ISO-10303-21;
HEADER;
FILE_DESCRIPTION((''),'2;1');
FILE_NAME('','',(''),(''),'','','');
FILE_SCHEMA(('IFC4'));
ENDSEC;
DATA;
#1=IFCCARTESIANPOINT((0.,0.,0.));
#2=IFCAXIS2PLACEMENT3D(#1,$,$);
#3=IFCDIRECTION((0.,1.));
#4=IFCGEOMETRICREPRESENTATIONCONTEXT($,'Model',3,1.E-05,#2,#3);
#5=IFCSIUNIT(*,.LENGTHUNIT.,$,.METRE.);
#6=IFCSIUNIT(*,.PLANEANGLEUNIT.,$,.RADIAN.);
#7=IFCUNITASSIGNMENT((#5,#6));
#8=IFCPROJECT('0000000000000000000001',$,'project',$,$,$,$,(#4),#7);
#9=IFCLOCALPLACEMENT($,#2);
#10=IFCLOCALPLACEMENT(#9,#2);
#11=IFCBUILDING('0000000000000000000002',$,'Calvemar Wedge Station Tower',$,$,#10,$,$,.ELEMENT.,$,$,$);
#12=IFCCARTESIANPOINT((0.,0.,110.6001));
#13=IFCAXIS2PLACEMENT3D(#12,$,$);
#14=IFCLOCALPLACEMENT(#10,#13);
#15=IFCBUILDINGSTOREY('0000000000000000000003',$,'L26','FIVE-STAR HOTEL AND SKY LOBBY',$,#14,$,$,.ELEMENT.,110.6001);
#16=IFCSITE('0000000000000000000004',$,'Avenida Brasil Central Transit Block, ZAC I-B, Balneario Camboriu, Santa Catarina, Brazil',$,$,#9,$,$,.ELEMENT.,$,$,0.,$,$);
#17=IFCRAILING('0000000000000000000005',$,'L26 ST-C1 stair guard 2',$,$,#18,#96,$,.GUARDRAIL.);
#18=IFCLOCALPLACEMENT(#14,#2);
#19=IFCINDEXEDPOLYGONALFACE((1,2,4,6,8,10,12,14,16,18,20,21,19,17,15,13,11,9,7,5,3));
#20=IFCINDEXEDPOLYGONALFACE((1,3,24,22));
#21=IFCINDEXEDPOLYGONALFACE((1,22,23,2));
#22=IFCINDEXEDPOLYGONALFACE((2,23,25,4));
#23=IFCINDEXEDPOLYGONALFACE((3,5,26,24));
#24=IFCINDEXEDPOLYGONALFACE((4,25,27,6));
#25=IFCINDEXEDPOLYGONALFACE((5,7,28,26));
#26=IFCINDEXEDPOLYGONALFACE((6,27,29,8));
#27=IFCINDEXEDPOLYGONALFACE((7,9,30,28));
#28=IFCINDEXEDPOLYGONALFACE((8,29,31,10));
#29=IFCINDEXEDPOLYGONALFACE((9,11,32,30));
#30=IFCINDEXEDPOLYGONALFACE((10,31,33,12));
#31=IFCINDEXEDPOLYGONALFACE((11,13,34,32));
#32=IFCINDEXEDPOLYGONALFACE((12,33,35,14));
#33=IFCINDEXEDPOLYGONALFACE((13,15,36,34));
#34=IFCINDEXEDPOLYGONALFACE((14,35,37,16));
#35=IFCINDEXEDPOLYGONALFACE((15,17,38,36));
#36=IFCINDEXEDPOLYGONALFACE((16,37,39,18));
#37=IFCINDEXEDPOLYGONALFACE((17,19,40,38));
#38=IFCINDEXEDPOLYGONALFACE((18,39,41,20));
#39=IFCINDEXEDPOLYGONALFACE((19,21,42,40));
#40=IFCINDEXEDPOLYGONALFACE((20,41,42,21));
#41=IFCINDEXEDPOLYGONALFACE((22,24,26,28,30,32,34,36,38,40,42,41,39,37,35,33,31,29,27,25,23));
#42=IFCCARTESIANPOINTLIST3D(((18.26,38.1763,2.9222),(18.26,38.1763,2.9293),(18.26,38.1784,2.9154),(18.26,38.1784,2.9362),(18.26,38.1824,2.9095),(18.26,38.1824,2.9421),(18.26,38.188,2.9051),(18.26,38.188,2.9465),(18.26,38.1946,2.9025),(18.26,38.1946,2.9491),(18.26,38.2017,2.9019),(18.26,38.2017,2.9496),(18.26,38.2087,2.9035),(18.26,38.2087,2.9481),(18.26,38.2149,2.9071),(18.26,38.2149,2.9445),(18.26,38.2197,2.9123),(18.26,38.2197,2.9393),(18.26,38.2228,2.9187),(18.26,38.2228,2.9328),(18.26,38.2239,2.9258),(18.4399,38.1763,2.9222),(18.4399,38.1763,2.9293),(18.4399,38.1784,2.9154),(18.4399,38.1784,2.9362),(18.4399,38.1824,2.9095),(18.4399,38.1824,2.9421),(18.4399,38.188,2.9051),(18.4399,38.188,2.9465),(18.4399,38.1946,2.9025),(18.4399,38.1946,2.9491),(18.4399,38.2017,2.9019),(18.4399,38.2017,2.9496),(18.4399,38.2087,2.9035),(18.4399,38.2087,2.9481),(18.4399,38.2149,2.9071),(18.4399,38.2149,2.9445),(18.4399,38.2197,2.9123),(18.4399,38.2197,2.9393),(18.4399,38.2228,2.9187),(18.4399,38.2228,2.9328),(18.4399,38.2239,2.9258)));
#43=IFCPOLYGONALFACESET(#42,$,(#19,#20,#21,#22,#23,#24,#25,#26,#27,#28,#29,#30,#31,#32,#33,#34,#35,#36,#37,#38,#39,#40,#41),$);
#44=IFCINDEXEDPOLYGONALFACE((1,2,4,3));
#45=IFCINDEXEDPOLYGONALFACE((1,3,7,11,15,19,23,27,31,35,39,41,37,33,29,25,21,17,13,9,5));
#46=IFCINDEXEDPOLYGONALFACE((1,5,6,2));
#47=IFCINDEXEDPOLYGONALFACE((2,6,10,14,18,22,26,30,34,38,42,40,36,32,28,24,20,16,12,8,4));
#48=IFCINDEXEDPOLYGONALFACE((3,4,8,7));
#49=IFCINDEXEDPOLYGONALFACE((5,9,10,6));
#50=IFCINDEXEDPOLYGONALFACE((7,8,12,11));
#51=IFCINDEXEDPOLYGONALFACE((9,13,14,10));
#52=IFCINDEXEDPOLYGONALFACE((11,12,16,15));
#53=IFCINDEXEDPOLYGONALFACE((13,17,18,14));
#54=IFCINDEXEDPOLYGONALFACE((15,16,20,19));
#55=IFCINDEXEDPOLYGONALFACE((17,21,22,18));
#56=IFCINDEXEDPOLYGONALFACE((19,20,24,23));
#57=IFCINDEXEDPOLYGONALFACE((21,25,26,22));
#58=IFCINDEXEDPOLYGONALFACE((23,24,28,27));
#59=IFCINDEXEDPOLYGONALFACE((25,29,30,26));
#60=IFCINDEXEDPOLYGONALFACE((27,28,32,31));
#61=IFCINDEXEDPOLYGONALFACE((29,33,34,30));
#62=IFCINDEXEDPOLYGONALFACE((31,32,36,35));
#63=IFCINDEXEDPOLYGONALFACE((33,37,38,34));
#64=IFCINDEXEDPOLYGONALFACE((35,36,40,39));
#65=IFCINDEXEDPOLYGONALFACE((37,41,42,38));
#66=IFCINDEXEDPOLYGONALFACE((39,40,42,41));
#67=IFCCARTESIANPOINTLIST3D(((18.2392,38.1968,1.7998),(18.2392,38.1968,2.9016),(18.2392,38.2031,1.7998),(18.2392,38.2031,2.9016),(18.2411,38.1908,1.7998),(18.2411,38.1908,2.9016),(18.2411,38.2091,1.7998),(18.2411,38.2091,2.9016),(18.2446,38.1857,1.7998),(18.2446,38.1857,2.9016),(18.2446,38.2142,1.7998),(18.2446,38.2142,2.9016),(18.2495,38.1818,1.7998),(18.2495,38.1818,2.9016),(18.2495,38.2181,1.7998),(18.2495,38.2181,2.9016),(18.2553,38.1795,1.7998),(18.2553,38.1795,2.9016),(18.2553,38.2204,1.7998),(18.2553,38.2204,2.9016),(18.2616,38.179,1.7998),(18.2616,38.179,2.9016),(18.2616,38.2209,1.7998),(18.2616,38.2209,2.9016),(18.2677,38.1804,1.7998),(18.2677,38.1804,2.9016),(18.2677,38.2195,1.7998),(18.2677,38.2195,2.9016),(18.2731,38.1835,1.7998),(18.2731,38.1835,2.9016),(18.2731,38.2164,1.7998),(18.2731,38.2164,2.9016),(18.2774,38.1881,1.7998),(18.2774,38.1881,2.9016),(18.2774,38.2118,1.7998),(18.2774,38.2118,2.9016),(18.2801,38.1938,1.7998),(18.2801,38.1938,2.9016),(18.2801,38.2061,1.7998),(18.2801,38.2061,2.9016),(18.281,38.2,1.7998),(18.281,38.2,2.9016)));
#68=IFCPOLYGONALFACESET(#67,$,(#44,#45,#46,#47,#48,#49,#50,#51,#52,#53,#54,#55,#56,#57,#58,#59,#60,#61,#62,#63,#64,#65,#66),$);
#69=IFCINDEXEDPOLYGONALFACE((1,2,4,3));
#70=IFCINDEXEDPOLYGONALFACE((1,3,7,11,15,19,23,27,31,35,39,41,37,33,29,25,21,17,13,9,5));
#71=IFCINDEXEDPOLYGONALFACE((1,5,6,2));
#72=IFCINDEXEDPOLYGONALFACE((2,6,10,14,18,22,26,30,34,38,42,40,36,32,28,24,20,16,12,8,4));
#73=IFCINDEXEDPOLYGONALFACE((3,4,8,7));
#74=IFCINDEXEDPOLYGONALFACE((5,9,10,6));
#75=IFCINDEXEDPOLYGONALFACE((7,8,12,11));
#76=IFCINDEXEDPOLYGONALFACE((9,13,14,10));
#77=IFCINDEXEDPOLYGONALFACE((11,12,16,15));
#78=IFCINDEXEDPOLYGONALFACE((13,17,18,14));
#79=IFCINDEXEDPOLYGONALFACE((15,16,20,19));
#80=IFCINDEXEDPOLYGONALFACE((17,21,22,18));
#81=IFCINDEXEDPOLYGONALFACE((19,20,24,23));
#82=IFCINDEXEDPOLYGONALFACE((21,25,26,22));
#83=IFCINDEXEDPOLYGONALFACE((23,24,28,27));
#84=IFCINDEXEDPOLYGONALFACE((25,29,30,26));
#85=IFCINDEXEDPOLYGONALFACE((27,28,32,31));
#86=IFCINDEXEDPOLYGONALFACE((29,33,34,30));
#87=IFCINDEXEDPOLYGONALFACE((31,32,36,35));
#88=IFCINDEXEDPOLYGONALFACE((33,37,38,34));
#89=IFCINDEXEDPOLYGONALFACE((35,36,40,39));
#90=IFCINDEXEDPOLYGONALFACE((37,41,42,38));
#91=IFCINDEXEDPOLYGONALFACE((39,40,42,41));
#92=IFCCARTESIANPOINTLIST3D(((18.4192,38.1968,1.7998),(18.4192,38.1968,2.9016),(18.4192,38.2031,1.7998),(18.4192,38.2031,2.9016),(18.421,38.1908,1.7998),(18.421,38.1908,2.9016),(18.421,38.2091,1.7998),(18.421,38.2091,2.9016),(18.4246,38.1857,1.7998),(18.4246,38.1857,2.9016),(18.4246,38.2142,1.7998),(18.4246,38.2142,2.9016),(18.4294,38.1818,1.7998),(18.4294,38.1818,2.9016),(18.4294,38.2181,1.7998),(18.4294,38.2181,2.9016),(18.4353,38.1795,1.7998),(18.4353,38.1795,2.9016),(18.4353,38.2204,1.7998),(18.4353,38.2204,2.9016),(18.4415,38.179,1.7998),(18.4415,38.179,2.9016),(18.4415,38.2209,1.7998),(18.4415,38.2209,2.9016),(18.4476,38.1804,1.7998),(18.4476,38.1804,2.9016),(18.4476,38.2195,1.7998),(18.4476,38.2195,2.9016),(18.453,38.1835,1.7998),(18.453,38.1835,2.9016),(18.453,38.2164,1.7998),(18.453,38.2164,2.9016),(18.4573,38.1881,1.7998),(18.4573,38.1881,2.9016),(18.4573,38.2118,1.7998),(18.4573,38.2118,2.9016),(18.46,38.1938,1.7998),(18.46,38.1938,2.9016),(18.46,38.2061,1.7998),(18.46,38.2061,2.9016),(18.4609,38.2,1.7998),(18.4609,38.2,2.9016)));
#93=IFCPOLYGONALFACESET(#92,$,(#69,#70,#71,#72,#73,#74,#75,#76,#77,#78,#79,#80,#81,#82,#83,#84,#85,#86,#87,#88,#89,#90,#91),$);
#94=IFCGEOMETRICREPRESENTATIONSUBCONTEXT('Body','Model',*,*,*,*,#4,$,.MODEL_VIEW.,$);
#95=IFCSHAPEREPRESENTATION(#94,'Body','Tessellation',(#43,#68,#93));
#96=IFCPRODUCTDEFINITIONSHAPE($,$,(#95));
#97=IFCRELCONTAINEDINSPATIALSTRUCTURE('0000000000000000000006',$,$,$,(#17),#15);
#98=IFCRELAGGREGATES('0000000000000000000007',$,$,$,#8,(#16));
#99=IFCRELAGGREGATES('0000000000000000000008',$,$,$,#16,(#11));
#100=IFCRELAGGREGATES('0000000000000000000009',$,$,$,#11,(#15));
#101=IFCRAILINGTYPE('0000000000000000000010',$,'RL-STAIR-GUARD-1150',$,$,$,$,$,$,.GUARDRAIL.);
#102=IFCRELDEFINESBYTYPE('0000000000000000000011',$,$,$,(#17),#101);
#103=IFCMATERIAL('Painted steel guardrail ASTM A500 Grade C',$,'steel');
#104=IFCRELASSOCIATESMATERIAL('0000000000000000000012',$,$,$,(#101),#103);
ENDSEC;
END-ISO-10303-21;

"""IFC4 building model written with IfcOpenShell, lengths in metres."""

from ifc_helpers import new_model, si_unit, direction, frame, origin, origin_2d, place, context, subcontext, project, spatial, circle, extrude, material, type_object, element, save


model = new_model("IFC4")

# Units and contexts
model_context = context("Model", 3, precision=1e-05, world=origin(), true_north=direction((0.0, 1.0)))
body_context = subcontext(model_context, "Body", "Model", "MODEL_VIEW")
ifc_project = project(units=[si_unit("LENGTHUNIT", "METRE"), si_unit("PLANEANGLEUNIT", "RADIAN")], contexts=[model_context])

# Site, building, storey
site_placement = place(None, origin())
site = spatial("IfcSite", under=ifc_project, at=site_placement, Name="Avenida Brasil Central Transit Block, ZAC I-B, Balneario Camboriu, Santa Catarina, Brazil", CompositionType="ELEMENT", RefElevation=0.0)
building_placement = place(site_placement, origin())
building = spatial("IfcBuilding", under=site, at=building_placement, Name="Calvemar Wedge Station Tower", CompositionType="ELEMENT")
storey_placement = place(building_placement, frame((0.0, 0.0, 110.6001)))
storey = spatial("IfcBuildingStorey", under=building, at=storey_placement, Name="L26", Description="FIVE-STAR HOTEL AND SKY LOBBY", CompositionType="ELEMENT", Elevation=110.6001)

# Railing
ifc_material_1 = material(Name="Painted steel guardrail ASTM A500 Grade C", Category="steel")
railing_type_1 = type_object("IfcRailingType", Name="RL-STAIR-GUARD-1150", PredefinedType="GUARDRAIL", material=ifc_material_1)
railing_1_placement = place(storey_placement, frame((18.26, 38.2, 1.7998)))
element("IfcRailing", 1, at=railing_1_placement, inside=storey, type_object=railing_type_1, Name="L26 ST-C1 stair guard 2", PredefinedType="GUARDRAIL", context=body_context, shape_type="SweptSolid", body=[
    extrude(circle(Radius=0.0239, at=origin_2d()), frame((0.0, 0.0, 1.126), z_axis=(1.0, 0.0, 0.0), x_axis=(0.0, 1.0, 0.0)), (0.0, 0.0, 1.0), 0.1799),
    extrude(circle(Radius=0.021, at=origin_2d()), origin(), (0.0, 0.0, 1.0), 1.1018),
    extrude(circle(Radius=0.021, at=origin_2d()), frame((0.1799, 0.0, 0.0)), (0.0, 0.0, 1.0), 1.1018),
])

save(model, "model.ifc")
